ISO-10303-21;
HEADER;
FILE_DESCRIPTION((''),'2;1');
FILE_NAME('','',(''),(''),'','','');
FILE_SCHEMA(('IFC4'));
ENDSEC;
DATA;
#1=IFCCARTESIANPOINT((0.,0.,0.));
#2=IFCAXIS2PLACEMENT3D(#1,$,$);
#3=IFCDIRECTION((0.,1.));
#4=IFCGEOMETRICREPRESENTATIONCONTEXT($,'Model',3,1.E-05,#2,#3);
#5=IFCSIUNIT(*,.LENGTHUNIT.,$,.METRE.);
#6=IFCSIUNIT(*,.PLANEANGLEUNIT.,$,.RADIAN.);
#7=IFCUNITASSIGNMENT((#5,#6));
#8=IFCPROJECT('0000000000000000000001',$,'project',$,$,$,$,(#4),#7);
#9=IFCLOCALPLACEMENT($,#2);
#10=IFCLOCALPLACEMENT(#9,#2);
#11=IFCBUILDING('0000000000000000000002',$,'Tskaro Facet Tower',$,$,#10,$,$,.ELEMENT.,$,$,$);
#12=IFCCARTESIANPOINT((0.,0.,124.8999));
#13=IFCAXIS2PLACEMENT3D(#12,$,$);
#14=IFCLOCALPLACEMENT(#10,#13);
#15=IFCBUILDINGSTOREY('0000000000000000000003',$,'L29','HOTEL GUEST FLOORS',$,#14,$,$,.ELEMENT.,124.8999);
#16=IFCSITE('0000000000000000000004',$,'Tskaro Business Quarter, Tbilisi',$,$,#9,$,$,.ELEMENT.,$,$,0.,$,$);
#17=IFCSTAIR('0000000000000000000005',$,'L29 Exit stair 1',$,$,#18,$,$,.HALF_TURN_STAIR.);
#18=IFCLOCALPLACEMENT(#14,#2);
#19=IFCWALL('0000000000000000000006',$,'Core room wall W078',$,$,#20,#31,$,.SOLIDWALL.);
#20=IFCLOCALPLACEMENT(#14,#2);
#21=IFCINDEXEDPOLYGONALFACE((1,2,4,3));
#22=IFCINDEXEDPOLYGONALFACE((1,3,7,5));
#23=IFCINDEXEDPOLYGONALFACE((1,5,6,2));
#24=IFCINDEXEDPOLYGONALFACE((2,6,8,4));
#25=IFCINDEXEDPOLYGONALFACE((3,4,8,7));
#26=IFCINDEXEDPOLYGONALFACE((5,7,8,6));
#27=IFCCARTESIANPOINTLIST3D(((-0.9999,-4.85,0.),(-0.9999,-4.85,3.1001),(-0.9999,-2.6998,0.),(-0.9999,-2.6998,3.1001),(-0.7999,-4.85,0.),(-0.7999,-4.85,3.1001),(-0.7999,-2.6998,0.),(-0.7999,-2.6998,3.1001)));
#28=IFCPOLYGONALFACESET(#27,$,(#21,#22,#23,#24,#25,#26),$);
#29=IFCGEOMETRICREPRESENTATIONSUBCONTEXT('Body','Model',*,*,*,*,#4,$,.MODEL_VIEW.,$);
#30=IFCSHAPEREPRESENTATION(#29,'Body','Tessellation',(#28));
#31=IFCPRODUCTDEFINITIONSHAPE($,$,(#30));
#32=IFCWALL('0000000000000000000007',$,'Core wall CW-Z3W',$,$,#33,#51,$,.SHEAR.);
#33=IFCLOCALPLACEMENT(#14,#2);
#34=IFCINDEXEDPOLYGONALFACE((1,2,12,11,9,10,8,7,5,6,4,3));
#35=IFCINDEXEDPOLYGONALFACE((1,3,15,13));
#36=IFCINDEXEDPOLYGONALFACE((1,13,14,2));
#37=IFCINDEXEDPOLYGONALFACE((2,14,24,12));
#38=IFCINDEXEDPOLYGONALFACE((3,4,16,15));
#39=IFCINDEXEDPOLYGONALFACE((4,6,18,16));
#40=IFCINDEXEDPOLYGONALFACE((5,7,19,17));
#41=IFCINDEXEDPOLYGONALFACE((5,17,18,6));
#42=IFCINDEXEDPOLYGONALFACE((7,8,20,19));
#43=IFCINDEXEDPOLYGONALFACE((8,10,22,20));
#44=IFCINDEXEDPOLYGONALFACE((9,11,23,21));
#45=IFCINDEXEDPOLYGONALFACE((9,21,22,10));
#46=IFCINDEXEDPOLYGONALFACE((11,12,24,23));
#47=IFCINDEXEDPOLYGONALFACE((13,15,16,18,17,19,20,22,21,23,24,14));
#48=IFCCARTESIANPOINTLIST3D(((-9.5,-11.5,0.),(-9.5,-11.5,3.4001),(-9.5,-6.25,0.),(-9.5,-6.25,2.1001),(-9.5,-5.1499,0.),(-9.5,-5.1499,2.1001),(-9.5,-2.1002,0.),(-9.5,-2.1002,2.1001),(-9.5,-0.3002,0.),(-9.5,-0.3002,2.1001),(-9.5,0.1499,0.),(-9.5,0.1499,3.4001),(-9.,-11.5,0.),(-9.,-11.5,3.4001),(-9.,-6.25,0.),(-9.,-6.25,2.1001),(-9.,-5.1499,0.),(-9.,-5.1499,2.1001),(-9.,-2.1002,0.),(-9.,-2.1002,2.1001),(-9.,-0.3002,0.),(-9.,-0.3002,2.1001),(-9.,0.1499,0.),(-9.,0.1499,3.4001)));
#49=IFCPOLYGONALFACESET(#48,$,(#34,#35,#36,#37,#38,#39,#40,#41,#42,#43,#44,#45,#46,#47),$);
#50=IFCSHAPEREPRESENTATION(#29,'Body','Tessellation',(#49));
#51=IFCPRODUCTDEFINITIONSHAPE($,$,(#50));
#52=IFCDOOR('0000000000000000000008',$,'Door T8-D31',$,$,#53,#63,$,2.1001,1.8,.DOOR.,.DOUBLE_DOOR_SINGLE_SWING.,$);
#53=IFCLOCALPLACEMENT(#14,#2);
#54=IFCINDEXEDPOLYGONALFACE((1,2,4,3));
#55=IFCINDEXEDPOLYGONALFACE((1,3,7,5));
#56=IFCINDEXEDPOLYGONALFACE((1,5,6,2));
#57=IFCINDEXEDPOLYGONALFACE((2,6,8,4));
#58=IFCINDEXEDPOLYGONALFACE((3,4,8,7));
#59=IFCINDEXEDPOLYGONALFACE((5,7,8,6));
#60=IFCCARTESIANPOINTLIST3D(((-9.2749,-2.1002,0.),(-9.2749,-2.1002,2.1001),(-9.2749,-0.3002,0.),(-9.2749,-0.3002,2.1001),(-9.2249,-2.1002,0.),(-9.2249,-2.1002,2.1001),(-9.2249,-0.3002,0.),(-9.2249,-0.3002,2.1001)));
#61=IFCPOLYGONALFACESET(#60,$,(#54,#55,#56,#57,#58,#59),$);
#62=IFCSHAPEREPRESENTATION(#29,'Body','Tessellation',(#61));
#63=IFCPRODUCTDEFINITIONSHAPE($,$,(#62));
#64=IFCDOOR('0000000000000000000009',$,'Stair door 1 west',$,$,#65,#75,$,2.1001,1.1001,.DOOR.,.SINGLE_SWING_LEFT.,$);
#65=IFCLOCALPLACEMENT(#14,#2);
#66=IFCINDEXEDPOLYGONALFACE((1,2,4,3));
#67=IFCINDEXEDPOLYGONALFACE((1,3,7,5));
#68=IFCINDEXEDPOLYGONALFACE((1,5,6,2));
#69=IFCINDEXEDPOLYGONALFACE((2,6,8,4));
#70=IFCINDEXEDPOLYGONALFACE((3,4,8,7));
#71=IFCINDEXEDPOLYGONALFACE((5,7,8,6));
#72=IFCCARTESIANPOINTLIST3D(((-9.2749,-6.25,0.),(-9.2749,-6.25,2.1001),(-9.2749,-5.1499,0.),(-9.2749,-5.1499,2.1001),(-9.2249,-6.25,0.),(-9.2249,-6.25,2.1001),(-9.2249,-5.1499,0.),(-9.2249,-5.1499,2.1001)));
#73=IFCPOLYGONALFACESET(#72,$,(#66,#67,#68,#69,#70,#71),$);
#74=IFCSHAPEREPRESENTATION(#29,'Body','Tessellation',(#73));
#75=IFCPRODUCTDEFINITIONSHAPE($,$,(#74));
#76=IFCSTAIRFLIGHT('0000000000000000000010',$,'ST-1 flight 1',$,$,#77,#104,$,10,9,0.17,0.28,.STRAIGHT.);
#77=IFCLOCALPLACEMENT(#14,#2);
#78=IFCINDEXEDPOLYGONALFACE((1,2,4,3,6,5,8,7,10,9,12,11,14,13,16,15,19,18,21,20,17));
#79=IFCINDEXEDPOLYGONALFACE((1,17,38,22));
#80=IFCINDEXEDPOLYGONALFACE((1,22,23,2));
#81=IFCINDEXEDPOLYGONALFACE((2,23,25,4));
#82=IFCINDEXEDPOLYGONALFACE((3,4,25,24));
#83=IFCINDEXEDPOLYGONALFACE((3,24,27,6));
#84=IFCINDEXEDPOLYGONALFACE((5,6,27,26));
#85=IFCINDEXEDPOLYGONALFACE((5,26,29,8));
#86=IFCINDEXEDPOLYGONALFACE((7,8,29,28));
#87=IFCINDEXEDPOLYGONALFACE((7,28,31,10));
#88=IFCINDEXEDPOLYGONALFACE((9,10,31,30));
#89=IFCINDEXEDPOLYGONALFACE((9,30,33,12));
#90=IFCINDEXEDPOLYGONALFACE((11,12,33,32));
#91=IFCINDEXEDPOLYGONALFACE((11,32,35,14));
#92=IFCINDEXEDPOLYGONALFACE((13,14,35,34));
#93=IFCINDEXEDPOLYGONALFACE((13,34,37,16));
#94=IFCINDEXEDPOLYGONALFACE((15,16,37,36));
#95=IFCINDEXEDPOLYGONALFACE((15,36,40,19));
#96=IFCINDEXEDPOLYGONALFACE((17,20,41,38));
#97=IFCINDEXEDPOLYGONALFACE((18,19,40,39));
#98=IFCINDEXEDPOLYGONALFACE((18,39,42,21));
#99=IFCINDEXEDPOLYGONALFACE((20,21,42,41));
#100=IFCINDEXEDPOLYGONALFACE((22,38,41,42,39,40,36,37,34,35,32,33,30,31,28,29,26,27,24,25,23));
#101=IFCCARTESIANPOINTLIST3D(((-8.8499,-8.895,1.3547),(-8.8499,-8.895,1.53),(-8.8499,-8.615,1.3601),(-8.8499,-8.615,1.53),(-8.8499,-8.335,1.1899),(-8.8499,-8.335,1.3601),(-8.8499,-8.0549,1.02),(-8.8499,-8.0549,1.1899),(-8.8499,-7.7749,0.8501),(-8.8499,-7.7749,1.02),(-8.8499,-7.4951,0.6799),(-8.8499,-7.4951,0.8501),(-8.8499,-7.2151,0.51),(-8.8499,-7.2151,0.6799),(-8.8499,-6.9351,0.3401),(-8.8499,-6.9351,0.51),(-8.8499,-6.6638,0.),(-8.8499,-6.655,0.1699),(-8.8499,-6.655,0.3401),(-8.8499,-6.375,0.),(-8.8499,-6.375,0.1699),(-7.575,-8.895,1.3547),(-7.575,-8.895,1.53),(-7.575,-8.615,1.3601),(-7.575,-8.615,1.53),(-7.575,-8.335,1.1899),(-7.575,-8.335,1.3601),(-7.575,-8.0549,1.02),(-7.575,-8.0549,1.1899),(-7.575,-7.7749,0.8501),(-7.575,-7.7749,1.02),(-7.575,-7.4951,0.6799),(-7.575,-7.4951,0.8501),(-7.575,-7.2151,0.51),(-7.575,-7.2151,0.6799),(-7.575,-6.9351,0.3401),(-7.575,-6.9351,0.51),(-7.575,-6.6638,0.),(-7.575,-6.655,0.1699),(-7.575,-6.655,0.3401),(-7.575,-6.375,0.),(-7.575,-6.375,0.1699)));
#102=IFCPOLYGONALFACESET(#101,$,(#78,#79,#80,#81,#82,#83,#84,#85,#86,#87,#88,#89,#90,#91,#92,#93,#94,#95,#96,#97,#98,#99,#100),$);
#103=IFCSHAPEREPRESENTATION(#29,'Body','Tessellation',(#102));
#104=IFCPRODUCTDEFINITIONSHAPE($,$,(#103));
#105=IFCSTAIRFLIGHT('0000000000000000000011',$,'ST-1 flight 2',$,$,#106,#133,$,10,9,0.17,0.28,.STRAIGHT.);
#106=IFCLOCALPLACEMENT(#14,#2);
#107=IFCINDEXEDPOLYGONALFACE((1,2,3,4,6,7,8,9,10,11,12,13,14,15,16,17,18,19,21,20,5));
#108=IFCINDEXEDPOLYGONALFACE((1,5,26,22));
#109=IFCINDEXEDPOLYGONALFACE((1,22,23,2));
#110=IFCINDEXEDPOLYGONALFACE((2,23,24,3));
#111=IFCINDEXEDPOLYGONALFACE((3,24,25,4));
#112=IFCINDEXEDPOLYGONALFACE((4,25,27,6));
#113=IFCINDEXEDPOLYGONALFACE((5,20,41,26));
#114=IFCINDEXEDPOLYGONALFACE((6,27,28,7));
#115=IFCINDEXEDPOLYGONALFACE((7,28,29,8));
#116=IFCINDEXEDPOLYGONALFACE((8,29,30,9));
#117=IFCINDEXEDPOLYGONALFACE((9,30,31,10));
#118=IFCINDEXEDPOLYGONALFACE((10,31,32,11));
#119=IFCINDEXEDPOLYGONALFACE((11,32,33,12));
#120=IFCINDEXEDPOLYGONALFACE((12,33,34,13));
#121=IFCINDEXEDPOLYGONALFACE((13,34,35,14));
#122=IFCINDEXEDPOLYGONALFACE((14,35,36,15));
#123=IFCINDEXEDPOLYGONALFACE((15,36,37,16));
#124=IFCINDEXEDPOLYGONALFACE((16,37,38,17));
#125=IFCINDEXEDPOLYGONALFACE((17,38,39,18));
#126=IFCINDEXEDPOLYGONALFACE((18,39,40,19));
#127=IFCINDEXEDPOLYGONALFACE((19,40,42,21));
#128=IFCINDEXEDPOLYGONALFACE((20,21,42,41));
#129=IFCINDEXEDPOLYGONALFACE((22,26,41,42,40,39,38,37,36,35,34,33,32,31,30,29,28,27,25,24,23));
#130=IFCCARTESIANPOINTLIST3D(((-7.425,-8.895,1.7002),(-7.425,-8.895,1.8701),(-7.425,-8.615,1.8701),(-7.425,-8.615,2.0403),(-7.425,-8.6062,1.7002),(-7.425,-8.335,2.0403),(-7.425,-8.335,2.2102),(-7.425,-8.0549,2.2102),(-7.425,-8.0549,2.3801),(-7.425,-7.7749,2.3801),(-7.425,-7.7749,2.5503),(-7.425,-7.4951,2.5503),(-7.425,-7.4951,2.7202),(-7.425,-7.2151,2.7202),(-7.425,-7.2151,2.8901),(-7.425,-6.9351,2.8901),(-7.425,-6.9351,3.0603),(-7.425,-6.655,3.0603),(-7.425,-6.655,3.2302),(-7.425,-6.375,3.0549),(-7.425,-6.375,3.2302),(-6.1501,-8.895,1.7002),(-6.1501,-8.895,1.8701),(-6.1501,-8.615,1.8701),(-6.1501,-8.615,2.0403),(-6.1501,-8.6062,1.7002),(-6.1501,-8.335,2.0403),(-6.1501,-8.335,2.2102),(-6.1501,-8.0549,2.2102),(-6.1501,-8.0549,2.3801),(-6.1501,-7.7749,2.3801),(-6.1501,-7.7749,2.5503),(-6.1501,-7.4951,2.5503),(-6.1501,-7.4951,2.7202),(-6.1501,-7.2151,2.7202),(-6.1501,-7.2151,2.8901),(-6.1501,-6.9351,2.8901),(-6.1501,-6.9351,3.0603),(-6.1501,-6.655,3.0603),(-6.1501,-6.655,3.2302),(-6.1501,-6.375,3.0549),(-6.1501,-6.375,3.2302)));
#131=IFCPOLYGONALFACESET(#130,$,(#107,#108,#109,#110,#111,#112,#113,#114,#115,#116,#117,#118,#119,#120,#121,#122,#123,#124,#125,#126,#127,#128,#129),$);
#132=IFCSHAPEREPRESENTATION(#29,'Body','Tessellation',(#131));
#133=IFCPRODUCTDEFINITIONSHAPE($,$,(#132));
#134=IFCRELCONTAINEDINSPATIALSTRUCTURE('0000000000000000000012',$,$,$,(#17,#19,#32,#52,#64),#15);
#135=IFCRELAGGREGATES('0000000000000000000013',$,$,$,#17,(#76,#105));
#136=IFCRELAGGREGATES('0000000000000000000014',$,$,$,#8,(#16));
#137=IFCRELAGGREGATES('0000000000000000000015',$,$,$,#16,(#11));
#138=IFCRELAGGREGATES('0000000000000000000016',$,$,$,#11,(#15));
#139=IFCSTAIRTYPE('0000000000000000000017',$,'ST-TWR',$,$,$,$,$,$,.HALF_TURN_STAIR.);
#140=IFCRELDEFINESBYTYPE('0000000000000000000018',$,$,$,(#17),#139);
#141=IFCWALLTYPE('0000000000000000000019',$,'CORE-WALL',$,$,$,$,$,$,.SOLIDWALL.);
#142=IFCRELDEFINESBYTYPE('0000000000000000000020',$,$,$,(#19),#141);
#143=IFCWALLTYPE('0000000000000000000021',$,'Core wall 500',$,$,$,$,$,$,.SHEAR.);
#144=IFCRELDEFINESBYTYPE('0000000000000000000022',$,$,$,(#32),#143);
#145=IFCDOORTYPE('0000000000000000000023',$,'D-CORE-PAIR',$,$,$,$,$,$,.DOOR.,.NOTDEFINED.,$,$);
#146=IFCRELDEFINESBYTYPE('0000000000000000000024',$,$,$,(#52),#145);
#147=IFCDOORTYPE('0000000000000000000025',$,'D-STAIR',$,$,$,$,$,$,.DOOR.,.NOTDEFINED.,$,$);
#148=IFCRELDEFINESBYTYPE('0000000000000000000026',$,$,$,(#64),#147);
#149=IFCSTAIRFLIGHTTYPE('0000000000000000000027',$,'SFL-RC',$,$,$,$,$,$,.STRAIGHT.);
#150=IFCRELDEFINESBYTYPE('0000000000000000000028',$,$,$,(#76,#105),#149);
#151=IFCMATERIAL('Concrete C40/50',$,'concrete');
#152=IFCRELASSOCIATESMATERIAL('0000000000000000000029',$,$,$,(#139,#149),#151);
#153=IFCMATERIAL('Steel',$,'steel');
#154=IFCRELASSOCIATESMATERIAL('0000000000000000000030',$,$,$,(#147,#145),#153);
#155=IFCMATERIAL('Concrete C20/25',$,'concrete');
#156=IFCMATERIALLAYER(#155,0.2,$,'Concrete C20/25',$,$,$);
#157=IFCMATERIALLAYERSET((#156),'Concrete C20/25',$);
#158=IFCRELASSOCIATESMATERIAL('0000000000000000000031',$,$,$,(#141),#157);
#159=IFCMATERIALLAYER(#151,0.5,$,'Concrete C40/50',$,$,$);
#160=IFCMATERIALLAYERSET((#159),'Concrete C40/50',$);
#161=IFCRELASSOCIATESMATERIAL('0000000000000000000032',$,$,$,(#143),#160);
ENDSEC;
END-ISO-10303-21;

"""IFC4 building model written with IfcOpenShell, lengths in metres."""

from ifc_helpers import new_model, si_unit, direction, frame, frame_2d, origin, place, context, subcontext, project, spatial, polyline, rectangle, outline, extrude, material, layer, layer_set, type_object, element, fill, aggregate, save


model = new_model("IFC4")

# Units and contexts
model_context = context("Model", 3, precision=1e-05, world=origin(), true_north=direction((0.0, 1.0)))
body_context = subcontext(model_context, "Body", "Model", "MODEL_VIEW")
ifc_project = project(units=[si_unit("LENGTHUNIT", "METRE"), si_unit("PLANEANGLEUNIT", "RADIAN")], contexts=[model_context])

# Site, building, storey
site_placement = place(None, origin())
site = spatial("IfcSite", under=ifc_project, at=site_placement, Name="Tskaro Business Quarter, Tbilisi", CompositionType="ELEMENT", RefElevation=0.0)
building_placement = place(site_placement, origin())
building = spatial("IfcBuilding", under=site, at=building_placement, Name="Tskaro Facet Tower", CompositionType="ELEMENT")
storey_placement = place(building_placement, frame((0.0, 0.0, 124.8999)))
storey = spatial("IfcBuildingStorey", under=building, at=storey_placement, Name="L29", Description="HOTEL GUEST FLOORS", CompositionType="ELEMENT", Elevation=124.8999)

# Stair
ifc_material_1 = material(Name="Concrete C40/50", Category="concrete")
stair_type = type_object("IfcStairType", Name="ST-TWR", PredefinedType="HALF_TURN_STAIR", material=ifc_material_1)
stair_1_placement = place(storey_placement, origin())
stair_1 = element("IfcStair", 1, at=stair_1_placement, inside=storey, type_object=stair_type, Name="L29 Exit stair 1", PredefinedType="HALF_TURN_STAIR")

# Shared definitions
ifc_material_2 = material(Name="Steel", Category="steel")
door_type_1 = type_object("IfcDoorType", Name="D-STAIR", OperationType="NOTDEFINED", PredefinedType="DOOR", material=ifc_material_2)

# Wall
ifc_material_3 = material(Name="Concrete C20/25", Category="concrete")
ifc_layer_1 = layer(ifc_material_3, 0.2, Name="Concrete C20/25")
ifc_layer_set_1 = layer_set([ifc_layer_1], Name="Concrete C20/25")
wall_type_1 = type_object("IfcWallType", Name="CORE-WALL", PredefinedType="SOLIDWALL", material=ifc_layer_set_1)
wall_1_placement = place(storey_placement, frame((-0.8999, -4.8501, 0.0), z_axis=(0.0, 0.0, 1.0), x_axis=(0.0, 1.0, 0.0)))
element("IfcWall", 2, at=wall_1_placement, inside=storey, type_object=wall_type_1, Name="Core room wall W078", PredefinedType="SOLIDWALL", context=body_context, shape_type="SweptSolid", body=[
    extrude(rectangle(XDim=2.1501, YDim=0.2, at=frame_2d((1.0752, 0.0))), origin(), (0.0, 0.0, 1.0), 3.1001),
])

# Wall, openings, doors
ifc_layer_2 = layer(ifc_material_1, 0.5, Name="Concrete C40/50")
ifc_layer_set_2 = layer_set([ifc_layer_2], Name="Concrete C40/50")
wall_type_2 = type_object("IfcWallType", Name="Core wall 500", PredefinedType="SHEAR", material=ifc_layer_set_2)
wall_2_placement = place(storey_placement, frame((-9.25, -11.5, 0.0), z_axis=(0.0, 0.0, 1.0), x_axis=(0.0, 1.0, 0.0)))
wall_2 = element("IfcWall", 3, at=wall_2_placement, inside=storey, type_object=wall_type_2, Name="Core wall CW-Z3W", PredefinedType="SHEAR", context=body_context, shape_type="SweptSolid", body=[
    extrude(rectangle(XDim=11.6499, YDim=0.5, at=frame_2d((5.825, 0.0))), origin(), (0.0, 0.0, 1.0), 3.4001),
])
opening_1_placement = place(wall_2_placement, frame((9.3999, 0.0, 0.0)))
opening_1 = element("IfcOpeningElement", 4, at=opening_1_placement, cuts=wall_2, PredefinedType="OPENING", context=body_context, shape_type="SweptSolid", body=[
    extrude(rectangle(XDim=1.8, YDim=2.1001, at=frame_2d((0.8999, 1.05))), frame((0.0, 0.26, 0.0), z_axis=(0.0, -1.0, 0.0), x_axis=(1.0, 0.0, 0.0)), (0.0, 0.0, 1.0), 0.52),
])
opening_2_placement = place(wall_2_placement, frame((5.25, 0.0, 0.0)))
opening_2 = element("IfcOpeningElement", 5, at=opening_2_placement, cuts=wall_2, PredefinedType="OPENING", context=body_context, shape_type="SweptSolid", body=[
    extrude(rectangle(XDim=1.1001, YDim=2.1001, at=frame_2d((0.55, 1.05))), frame((0.0, 0.26, 0.0), z_axis=(0.0, -1.0, 0.0), x_axis=(1.0, 0.0, 0.0)), (0.0, 0.0, 1.0), 0.52),
])
door_type_2 = type_object("IfcDoorType", Name="D-CORE-PAIR", OperationType="NOTDEFINED", PredefinedType="DOOR", material=ifc_material_2)
door_1_placement = place(opening_1_placement, origin())
door_1 = element("IfcDoor", 6, at=door_1_placement, inside=storey, type_object=door_type_2, Name="Door T8-D31", OperationType="DOUBLE_DOOR_SINGLE_SWING", OverallHeight=2.1001, OverallWidth=1.8, PredefinedType="DOOR", context=body_context, shape_type="SweptSolid", body=[
    extrude(rectangle(XDim=1.8, YDim=2.1001, at=frame_2d((0.8999, 1.05))), frame((0.0, 0.0249, 0.0), z_axis=(0.0, -1.0, 0.0), x_axis=(1.0, 0.0, 0.0)), (0.0, 0.0, 1.0), 0.05),
])
fill(opening_1, door_1)
door_2_placement = place(opening_2_placement, origin())
door_2 = element("IfcDoor", 7, at=door_2_placement, inside=storey, type_object=door_type_1, Name="Stair door 1 west", OperationType="SINGLE_SWING_LEFT", OverallHeight=2.1001, OverallWidth=1.1001, PredefinedType="DOOR", context=body_context, shape_type="SweptSolid", body=[
    extrude(rectangle(XDim=1.1001, YDim=2.1001, at=frame_2d((0.55, 1.05))), frame((0.0, 0.0249, 0.0), z_axis=(0.0, -1.0, 0.0), x_axis=(1.0, 0.0, 0.0)), (0.0, 0.0, 1.0), 0.05),
])
fill(opening_2, door_2)

# Stair flights
stair_flight_type = type_object("IfcStairFlightType", Name="SFL-RC", PredefinedType="STRAIGHT", material=ifc_material_1)
stair_flight_1_placement = place(storey_placement, frame((-8.2124, -6.375, 0.0), z_axis=(0.0, 0.0, 1.0), x_axis=(0.0, -1.0, 0.0)))
stair_flight_1 = element("IfcStairFlight", 8, at=stair_flight_1_placement, type_object=stair_flight_type, Name="ST-1 flight 1", NumberOfRisers=10, NumberOfTreads=9, PredefinedType="STRAIGHT", RiserHeight=0.17, TreadLength=0.28, context=body_context, shape_type="SweptSolid", body=[
    extrude(outline(polyline([(0.0, 0.0), (0.0, 0.1699), (0.28, 0.1699), (0.28, 0.3401), (0.5601, 0.3401), (0.5601, 0.51), (0.8401, 0.51), (0.8401, 0.6799), (1.1201, 0.6799), (1.1201, 0.8501), (1.3999, 0.8501), (1.3999, 1.02), (1.6799, 1.02), (1.6799, 1.1899), (1.96, 1.1899), (1.96, 1.3601), (2.24, 1.3601), (2.24, 1.53), (2.52, 1.53), (2.52, 1.7), (2.52, 1.3547), (0.2888, 0.0), (0.0, 0.0)])), frame((0.0, 0.6375, 0.0), z_axis=(0.0, -1.0, 0.0), x_axis=(1.0, 0.0, 0.0)), (0.0, 0.0, 1.0), 1.2749),
])
stair_flight_2_placement = place(storey_placement, frame((-6.7876, -8.895, 1.7002), z_axis=(0.0, 0.0, 1.0), x_axis=(0.0, 1.0, 0.0)))
stair_flight_2 = element("IfcStairFlight", 9, at=stair_flight_2_placement, type_object=stair_flight_type, Name="ST-1 flight 2", NumberOfRisers=10, NumberOfTreads=9, PredefinedType="STRAIGHT", RiserHeight=0.17, TreadLength=0.28, context=body_context, shape_type="SweptSolid", body=[
    extrude(outline(polyline([(0.0, 0.0), (0.0, 0.1699), (0.28, 0.1699), (0.28, 0.3401), (0.5601, 0.3401), (0.5601, 0.51), (0.8401, 0.51), (0.8401, 0.6799), (1.1201, 0.6799), (1.1201, 0.8501), (1.3999, 0.8501), (1.3999, 1.02), (1.6799, 1.02), (1.6799, 1.1899), (1.96, 1.1899), (1.96, 1.3601), (2.24, 1.3601), (2.24, 1.53), (2.52, 1.53), (2.52, 1.7), (2.52, 1.3547), (0.2888, 0.0), (0.0, 0.0)])), frame((0.0, 0.6375, 0.0), z_axis=(0.0, -1.0, 0.0), x_axis=(1.0, 0.0, 0.0)), (0.0, 0.0, 1.0), 1.2749),
])
aggregate(stair_1, [stair_flight_1, stair_flight_2])

save(model, "model.ifc")
